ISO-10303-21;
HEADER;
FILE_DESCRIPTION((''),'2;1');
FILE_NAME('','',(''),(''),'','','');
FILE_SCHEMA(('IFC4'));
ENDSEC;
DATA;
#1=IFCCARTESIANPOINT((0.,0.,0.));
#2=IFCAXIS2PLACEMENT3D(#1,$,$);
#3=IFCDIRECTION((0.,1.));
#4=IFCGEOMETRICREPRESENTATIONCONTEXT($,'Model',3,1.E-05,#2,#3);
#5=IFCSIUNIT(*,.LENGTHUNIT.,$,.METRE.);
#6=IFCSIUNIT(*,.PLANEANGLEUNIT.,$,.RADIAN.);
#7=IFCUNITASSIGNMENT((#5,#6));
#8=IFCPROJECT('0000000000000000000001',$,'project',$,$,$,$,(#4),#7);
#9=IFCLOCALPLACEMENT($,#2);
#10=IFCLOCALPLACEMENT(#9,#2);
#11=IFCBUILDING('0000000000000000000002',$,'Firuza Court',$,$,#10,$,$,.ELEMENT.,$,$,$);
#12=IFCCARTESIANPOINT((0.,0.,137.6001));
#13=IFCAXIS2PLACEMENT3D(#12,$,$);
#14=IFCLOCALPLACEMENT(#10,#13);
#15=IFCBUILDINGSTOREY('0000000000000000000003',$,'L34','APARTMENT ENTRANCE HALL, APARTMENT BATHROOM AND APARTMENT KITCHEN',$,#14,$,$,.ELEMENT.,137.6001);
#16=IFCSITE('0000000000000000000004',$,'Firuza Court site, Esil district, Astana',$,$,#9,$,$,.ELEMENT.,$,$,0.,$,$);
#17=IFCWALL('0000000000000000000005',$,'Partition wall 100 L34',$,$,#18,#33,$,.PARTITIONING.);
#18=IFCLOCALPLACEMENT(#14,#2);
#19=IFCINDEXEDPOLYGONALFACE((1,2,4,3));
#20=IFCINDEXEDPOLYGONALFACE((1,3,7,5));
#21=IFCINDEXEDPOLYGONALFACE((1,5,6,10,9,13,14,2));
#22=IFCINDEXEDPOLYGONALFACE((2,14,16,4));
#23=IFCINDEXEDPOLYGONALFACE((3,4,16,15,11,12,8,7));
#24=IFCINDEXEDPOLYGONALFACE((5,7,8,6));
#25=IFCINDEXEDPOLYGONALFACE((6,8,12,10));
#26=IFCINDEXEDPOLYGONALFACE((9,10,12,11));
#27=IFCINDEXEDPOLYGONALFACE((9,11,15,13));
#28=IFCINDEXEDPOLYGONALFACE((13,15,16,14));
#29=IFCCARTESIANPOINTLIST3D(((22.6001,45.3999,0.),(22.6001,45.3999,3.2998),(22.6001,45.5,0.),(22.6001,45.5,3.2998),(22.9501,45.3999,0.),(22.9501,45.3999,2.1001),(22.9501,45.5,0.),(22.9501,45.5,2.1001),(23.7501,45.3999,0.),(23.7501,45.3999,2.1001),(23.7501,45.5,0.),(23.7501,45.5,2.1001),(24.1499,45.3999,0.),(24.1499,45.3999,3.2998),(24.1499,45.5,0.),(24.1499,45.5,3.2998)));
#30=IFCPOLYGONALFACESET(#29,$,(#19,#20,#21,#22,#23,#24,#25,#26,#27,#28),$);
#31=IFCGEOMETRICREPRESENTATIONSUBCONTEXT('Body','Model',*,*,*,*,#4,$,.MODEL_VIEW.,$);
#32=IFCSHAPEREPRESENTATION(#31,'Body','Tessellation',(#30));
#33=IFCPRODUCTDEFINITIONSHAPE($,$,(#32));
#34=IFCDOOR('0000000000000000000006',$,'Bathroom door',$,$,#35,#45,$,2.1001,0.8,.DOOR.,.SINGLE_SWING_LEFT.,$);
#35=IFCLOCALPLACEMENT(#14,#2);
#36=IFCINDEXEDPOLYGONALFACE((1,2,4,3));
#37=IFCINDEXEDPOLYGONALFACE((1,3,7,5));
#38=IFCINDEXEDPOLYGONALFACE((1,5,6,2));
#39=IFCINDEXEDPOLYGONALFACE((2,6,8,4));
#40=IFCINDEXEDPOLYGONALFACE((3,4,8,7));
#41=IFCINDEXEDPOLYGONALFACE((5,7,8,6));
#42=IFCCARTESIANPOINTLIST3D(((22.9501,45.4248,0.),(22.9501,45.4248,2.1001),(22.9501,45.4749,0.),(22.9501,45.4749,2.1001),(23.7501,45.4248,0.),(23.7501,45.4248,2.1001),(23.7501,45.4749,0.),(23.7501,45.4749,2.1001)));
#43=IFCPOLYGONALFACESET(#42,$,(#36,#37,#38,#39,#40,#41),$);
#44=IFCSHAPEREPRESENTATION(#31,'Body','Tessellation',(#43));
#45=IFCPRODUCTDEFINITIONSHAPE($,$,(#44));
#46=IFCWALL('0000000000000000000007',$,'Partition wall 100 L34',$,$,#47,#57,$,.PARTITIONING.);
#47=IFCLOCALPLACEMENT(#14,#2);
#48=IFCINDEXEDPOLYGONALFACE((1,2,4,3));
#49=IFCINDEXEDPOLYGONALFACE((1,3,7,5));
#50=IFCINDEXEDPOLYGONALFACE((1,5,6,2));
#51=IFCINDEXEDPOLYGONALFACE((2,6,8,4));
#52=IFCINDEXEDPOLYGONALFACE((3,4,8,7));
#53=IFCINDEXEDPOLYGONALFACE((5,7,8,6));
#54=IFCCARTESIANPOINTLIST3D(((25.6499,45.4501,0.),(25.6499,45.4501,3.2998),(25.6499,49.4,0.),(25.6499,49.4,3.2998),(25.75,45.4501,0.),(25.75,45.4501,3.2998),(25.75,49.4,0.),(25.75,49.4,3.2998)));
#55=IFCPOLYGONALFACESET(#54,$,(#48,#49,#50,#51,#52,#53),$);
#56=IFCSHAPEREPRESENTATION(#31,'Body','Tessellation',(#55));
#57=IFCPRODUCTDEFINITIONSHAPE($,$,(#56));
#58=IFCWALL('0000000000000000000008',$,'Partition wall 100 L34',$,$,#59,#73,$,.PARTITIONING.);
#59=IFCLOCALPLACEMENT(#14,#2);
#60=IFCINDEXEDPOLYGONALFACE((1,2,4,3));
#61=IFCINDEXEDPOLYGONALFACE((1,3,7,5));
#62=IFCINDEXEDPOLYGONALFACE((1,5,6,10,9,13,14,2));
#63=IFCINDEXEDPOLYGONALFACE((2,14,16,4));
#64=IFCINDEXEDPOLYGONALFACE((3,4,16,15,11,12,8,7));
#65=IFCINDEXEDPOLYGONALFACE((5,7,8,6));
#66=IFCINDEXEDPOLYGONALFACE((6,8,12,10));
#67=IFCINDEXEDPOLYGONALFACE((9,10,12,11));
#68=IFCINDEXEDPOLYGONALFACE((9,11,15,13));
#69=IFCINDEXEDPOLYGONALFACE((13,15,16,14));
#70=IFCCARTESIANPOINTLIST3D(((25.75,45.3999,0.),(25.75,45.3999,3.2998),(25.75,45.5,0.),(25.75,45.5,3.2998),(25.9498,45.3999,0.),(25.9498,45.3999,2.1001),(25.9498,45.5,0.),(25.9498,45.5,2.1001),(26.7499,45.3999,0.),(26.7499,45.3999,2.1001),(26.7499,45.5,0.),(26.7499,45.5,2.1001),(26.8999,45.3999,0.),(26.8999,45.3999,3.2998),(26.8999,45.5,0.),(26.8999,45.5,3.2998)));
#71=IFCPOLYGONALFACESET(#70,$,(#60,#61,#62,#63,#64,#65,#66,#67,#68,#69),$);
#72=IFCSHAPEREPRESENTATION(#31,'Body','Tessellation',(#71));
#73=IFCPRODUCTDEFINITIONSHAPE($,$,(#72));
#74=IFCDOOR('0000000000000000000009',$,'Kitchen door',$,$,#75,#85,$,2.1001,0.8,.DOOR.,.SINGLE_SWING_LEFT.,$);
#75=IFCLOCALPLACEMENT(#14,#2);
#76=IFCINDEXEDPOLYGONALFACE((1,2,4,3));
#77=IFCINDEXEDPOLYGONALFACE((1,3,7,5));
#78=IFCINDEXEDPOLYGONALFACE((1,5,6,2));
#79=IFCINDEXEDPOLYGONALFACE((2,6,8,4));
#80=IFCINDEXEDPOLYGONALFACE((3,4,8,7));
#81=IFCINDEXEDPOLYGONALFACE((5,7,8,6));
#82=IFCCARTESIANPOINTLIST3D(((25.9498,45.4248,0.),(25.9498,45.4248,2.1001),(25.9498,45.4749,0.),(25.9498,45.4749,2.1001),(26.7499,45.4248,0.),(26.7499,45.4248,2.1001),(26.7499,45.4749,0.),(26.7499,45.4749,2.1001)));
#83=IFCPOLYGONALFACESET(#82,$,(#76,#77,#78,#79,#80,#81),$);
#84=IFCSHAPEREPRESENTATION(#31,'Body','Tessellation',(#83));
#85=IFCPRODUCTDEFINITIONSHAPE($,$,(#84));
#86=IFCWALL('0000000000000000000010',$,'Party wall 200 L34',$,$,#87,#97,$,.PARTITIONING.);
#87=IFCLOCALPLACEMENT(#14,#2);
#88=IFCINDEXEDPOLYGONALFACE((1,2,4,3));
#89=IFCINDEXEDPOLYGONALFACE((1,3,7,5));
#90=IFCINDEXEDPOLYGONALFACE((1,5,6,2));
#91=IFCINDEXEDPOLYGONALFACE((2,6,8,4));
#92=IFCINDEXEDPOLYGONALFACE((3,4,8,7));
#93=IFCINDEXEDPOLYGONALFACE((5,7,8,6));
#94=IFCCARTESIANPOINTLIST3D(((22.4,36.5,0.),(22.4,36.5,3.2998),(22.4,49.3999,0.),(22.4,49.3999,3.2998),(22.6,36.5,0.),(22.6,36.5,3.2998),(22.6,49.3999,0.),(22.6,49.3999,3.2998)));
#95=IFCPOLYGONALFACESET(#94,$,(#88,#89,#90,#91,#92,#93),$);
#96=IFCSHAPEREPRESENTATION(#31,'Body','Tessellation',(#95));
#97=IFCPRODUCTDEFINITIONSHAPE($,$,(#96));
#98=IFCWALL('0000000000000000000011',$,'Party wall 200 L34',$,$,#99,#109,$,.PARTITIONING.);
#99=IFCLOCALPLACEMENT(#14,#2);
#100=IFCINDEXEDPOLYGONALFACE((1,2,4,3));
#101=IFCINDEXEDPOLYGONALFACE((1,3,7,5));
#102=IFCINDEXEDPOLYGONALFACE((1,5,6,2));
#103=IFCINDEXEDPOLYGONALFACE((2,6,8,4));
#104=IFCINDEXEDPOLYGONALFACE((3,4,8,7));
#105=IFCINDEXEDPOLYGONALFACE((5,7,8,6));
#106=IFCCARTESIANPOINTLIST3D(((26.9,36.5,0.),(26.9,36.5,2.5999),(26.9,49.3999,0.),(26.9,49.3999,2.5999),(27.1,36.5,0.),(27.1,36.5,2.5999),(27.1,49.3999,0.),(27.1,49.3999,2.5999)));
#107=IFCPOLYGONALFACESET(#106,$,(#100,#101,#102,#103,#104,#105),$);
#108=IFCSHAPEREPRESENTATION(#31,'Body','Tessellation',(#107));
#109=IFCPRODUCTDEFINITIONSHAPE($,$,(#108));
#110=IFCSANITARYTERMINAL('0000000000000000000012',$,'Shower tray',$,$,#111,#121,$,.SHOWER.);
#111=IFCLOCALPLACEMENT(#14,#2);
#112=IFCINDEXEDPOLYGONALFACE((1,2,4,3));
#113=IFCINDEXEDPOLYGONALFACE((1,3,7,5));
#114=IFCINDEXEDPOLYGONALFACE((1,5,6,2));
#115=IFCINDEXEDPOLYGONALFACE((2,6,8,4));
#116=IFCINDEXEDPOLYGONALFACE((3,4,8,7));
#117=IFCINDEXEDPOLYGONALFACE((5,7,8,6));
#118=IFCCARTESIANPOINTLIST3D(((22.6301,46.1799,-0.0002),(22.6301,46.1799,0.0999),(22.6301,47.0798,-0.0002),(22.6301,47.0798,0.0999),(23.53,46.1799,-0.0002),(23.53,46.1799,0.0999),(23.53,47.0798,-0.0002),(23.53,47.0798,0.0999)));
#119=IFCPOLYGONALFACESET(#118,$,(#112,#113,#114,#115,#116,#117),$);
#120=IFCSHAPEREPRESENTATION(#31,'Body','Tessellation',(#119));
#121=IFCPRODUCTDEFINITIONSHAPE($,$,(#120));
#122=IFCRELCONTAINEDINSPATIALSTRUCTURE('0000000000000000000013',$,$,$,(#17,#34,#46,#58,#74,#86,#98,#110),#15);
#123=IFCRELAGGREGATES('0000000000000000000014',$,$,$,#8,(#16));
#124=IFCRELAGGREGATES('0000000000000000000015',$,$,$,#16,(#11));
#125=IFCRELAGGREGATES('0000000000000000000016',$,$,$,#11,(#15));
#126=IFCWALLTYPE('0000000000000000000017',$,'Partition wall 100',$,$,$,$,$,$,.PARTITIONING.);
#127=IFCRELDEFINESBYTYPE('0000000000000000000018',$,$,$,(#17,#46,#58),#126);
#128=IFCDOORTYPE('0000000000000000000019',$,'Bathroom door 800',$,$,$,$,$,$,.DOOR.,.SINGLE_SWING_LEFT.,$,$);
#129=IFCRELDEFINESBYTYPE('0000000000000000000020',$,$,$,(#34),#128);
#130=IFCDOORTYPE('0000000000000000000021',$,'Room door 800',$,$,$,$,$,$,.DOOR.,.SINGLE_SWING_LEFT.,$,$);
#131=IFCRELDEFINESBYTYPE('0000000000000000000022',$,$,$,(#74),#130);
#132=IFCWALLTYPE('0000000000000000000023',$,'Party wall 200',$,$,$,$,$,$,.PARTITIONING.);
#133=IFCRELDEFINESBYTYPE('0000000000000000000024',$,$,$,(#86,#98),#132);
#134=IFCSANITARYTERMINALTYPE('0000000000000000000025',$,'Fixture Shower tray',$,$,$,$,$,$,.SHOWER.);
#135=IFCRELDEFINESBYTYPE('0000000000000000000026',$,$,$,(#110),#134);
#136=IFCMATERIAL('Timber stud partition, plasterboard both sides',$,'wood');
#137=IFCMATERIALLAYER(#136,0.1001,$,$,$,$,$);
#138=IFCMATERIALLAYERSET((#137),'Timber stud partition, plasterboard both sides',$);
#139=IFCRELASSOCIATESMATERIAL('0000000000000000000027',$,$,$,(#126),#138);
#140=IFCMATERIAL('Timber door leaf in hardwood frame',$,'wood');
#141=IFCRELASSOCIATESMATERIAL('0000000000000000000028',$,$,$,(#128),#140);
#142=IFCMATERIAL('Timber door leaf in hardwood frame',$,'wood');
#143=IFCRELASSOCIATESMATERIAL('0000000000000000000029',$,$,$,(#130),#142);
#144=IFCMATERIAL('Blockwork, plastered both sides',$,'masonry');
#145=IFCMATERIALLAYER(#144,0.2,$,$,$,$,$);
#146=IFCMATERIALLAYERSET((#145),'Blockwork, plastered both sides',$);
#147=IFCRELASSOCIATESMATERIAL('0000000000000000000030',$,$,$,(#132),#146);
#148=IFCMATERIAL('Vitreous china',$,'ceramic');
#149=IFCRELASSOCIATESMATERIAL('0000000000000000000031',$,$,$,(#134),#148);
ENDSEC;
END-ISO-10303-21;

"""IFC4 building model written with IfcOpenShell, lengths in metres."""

from ifc_helpers import new_model, si_unit, direction, frame, frame_2d, origin, origin_2d, place, context, subcontext, project, spatial, rectangle, extrude, material, layer, layer_set, type_object, element, fill, save


model = new_model("IFC4")

# Units and contexts
model_context = context("Model", 3, precision=1e-05, world=origin(), true_north=direction((0.0, 1.0)))
body_context = subcontext(model_context, "Body", "Model", "MODEL_VIEW")
ifc_project = project(units=[si_unit("LENGTHUNIT", "METRE"), si_unit("PLANEANGLEUNIT", "RADIAN")], contexts=[model_context])

# Site, building, storey
site_placement = place(None, origin())
site = spatial("IfcSite", under=ifc_project, at=site_placement, Name="Firuza Court site, Esil district, Astana", CompositionType="ELEMENT", RefElevation=0.0)
building_placement = place(site_placement, origin())
building = spatial("IfcBuilding", under=site, at=building_placement, Name="Firuza Court", CompositionType="ELEMENT")
storey_placement = place(building_placement, frame((0.0, 0.0, 137.6001)))
storey = spatial("IfcBuildingStorey", under=building, at=storey_placement, Name="L34", Description="APARTMENT ENTRANCE HALL, APARTMENT BATHROOM AND APARTMENT KITCHEN", CompositionType="ELEMENT", Elevation=137.6001)

# Wall, opening, door
ifc_material_1 = material(Name="Blockwork, plastered both sides", Category="masonry")
ifc_material_2 = material(Name="Timber stud partition, plasterboard both sides", Category="wood")
ifc_layer_1 = layer(ifc_material_2, 0.1001)
ifc_layer_set_1 = layer_set([ifc_layer_1], Name="Timber stud partition, plasterboard both sides")
wall_type_1 = type_object("IfcWallType", Name="Partition wall 100", PredefinedType="PARTITIONING", material=ifc_layer_set_1)
wall_1_placement = place(storey_placement, frame((22.6001, 45.45, 0.0), z_axis=(0.0, 0.0, 1.0), x_axis=(1.0, 0.0, 0.0)))
wall_1 = element("IfcWall", 1, at=wall_1_placement, inside=storey, type_object=wall_type_1, Name="Partition wall 100 L34", PredefinedType="PARTITIONING", context=body_context, shape_type="SweptSolid", body=[
    extrude(rectangle(XDim=1.5498, YDim=0.1001, at=frame_2d((0.7749, 0.0))), origin(), (0.0, 0.0, 1.0), 3.2998),
])
opening_1_placement = place(wall_1_placement, frame((0.3501, 0.0, 0.0)))
opening_1 = element("IfcOpeningElement", 2, at=opening_1_placement, cuts=wall_1, PredefinedType="OPENING", context=body_context, shape_type="SweptSolid", body=[
    extrude(rectangle(XDim=0.8, YDim=2.1001, at=frame_2d((0.3999, 1.05))), frame((0.0, 0.062, 0.0), z_axis=(0.0, -1.0, 0.0), x_axis=(1.0, 0.0, 0.0)), (0.0, 0.0, 1.0), 0.124),
])
ifc_material_3 = material(Name="Timber door leaf in hardwood frame", Category="wood")
door_type_1 = type_object("IfcDoorType", Name="Bathroom door 800", OperationType="SINGLE_SWING_LEFT", PredefinedType="DOOR", material=ifc_material_3)
door_1_placement = place(opening_1_placement, origin())
door_1 = element("IfcDoor", 3, at=door_1_placement, inside=storey, type_object=door_type_1, Name="Bathroom door", OperationType="SINGLE_SWING_LEFT", OverallHeight=2.1001, OverallWidth=0.8, PredefinedType="DOOR", context=body_context, shape_type="SweptSolid", body=[
    extrude(rectangle(XDim=0.8, YDim=2.1001, at=frame_2d((0.3999, 1.05))), frame((0.0, 0.0249, 0.0), z_axis=(0.0, -1.0, 0.0), x_axis=(1.0, 0.0, 0.0)), (0.0, 0.0, 1.0), 0.05),
])
fill(opening_1, door_1)

# Wall
wall_2_placement = place(storey_placement, frame((25.7, 45.45, 0.0), z_axis=(0.0, 0.0, 1.0), x_axis=(0.0, 1.0, 0.0)))
element("IfcWall", 4, at=wall_2_placement, inside=storey, type_object=wall_type_1, Name="Partition wall 100 L34", PredefinedType="PARTITIONING", context=body_context, shape_type="SweptSolid", body=[
    extrude(rectangle(XDim=3.95, YDim=0.1001, at=frame_2d((1.9751, 0.0))), origin(), (0.0, 0.0, 1.0), 3.2998),
])

# Wall, opening, door
wall_3_placement = place(storey_placement, frame((25.75, 45.45, 0.0), z_axis=(0.0, 0.0, 1.0), x_axis=(1.0, 0.0, 0.0)))
wall_3 = element("IfcWall", 5, at=wall_3_placement, inside=storey, type_object=wall_type_1, Name="Partition wall 100 L34", PredefinedType="PARTITIONING", context=body_context, shape_type="SweptSolid", body=[
    extrude(rectangle(XDim=1.1499, YDim=0.1001, at=frame_2d((0.575, 0.0))), origin(), (0.0, 0.0, 1.0), 3.2998),
])
opening_2_placement = place(wall_3_placement, frame((0.2, 0.0, 0.0)))
opening_2 = element("IfcOpeningElement", 6, at=opening_2_placement, cuts=wall_3, PredefinedType="OPENING", context=body_context, shape_type="SweptSolid", body=[
    extrude(rectangle(XDim=0.8, YDim=2.1001, at=frame_2d((0.3999, 1.05))), frame((0.0, 0.062, 0.0), z_axis=(0.0, -1.0, 0.0), x_axis=(1.0, 0.0, 0.0)), (0.0, 0.0, 1.0), 0.124),
])
ifc_material_4 = material(Name="Timber door leaf in hardwood frame", Category="wood")
door_type_2 = type_object("IfcDoorType", Name="Room door 800", OperationType="SINGLE_SWING_LEFT", PredefinedType="DOOR", material=ifc_material_4)
door_2_placement = place(opening_2_placement, origin())
door_2 = element("IfcDoor", 7, at=door_2_placement, inside=storey, type_object=door_type_2, Name="Kitchen door", OperationType="SINGLE_SWING_LEFT", OverallHeight=2.1001, OverallWidth=0.8, PredefinedType="DOOR", context=body_context, shape_type="SweptSolid", body=[
    extrude(rectangle(XDim=0.8, YDim=2.1001, at=frame_2d((0.3999, 1.05))), frame((0.0, 0.0249, 0.0), z_axis=(0.0, -1.0, 0.0), x_axis=(1.0, 0.0, 0.0)), (0.0, 0.0, 1.0), 0.05),
])
fill(opening_2, door_2)

# Walls
ifc_layer_2 = layer(ifc_material_1, 0.2)
ifc_layer_set_2 = layer_set([ifc_layer_2], Name="Blockwork, plastered both sides")
wall_type_2 = type_object("IfcWallType", Name="Party wall 200", PredefinedType="PARTITIONING", material=ifc_layer_set_2)
wall_4_placement = place(storey_placement, frame((22.5, 36.5, 0.0), z_axis=(0.0, 0.0, 1.0), x_axis=(0.0, 1.0, 0.0)))
element("IfcWall", 8, at=wall_4_placement, inside=storey, type_object=wall_type_2, Name="Party wall 200 L34", PredefinedType="PARTITIONING", context=body_context, shape_type="SweptSolid", body=[
    extrude(rectangle(XDim=12.8999, YDim=0.2, at=frame_2d((6.45, 0.0))), origin(), (0.0, 0.0, 1.0), 3.2998),
])
wall_5_placement = place(storey_placement, frame((27.0, 36.5, 0.0), z_axis=(0.0, 0.0, 1.0), x_axis=(0.0, 1.0, 0.0)))
element("IfcWall", 9, at=wall_5_placement, inside=storey, type_object=wall_type_2, Name="Party wall 200 L34", PredefinedType="PARTITIONING", context=body_context, shape_type="SweptSolid", body=[
    extrude(rectangle(XDim=12.8999, YDim=0.2, at=frame_2d((6.45, 0.0))), origin(), (0.0, 0.0, 1.0), 2.5999),
])

# Sanitary terminal
ifc_material_5 = material(Name="Vitreous china", Category="ceramic")
sanitary_terminal_type = type_object("IfcSanitaryTerminalType", Name="Fixture Shower tray", PredefinedType="SHOWER", material=ifc_material_5)
sanitary_terminal_placement = place(storey_placement, frame((23.0801, 46.6299, -0.0002), z_axis=(0.0, 0.0, 1.0), x_axis=(1.0, 0.0, 0.0)))
element("IfcSanitaryTerminal", 10, at=sanitary_terminal_placement, inside=storey, type_object=sanitary_terminal_type, Name="Shower tray", PredefinedType="SHOWER", context=body_context, shape_type="SweptSolid", body=[
    extrude(rectangle(XDim=0.8999, YDim=0.8999, at=origin_2d()), origin(), (0.0, 0.0, 1.0), 0.1001),
])

save(model, "model.ifc")
